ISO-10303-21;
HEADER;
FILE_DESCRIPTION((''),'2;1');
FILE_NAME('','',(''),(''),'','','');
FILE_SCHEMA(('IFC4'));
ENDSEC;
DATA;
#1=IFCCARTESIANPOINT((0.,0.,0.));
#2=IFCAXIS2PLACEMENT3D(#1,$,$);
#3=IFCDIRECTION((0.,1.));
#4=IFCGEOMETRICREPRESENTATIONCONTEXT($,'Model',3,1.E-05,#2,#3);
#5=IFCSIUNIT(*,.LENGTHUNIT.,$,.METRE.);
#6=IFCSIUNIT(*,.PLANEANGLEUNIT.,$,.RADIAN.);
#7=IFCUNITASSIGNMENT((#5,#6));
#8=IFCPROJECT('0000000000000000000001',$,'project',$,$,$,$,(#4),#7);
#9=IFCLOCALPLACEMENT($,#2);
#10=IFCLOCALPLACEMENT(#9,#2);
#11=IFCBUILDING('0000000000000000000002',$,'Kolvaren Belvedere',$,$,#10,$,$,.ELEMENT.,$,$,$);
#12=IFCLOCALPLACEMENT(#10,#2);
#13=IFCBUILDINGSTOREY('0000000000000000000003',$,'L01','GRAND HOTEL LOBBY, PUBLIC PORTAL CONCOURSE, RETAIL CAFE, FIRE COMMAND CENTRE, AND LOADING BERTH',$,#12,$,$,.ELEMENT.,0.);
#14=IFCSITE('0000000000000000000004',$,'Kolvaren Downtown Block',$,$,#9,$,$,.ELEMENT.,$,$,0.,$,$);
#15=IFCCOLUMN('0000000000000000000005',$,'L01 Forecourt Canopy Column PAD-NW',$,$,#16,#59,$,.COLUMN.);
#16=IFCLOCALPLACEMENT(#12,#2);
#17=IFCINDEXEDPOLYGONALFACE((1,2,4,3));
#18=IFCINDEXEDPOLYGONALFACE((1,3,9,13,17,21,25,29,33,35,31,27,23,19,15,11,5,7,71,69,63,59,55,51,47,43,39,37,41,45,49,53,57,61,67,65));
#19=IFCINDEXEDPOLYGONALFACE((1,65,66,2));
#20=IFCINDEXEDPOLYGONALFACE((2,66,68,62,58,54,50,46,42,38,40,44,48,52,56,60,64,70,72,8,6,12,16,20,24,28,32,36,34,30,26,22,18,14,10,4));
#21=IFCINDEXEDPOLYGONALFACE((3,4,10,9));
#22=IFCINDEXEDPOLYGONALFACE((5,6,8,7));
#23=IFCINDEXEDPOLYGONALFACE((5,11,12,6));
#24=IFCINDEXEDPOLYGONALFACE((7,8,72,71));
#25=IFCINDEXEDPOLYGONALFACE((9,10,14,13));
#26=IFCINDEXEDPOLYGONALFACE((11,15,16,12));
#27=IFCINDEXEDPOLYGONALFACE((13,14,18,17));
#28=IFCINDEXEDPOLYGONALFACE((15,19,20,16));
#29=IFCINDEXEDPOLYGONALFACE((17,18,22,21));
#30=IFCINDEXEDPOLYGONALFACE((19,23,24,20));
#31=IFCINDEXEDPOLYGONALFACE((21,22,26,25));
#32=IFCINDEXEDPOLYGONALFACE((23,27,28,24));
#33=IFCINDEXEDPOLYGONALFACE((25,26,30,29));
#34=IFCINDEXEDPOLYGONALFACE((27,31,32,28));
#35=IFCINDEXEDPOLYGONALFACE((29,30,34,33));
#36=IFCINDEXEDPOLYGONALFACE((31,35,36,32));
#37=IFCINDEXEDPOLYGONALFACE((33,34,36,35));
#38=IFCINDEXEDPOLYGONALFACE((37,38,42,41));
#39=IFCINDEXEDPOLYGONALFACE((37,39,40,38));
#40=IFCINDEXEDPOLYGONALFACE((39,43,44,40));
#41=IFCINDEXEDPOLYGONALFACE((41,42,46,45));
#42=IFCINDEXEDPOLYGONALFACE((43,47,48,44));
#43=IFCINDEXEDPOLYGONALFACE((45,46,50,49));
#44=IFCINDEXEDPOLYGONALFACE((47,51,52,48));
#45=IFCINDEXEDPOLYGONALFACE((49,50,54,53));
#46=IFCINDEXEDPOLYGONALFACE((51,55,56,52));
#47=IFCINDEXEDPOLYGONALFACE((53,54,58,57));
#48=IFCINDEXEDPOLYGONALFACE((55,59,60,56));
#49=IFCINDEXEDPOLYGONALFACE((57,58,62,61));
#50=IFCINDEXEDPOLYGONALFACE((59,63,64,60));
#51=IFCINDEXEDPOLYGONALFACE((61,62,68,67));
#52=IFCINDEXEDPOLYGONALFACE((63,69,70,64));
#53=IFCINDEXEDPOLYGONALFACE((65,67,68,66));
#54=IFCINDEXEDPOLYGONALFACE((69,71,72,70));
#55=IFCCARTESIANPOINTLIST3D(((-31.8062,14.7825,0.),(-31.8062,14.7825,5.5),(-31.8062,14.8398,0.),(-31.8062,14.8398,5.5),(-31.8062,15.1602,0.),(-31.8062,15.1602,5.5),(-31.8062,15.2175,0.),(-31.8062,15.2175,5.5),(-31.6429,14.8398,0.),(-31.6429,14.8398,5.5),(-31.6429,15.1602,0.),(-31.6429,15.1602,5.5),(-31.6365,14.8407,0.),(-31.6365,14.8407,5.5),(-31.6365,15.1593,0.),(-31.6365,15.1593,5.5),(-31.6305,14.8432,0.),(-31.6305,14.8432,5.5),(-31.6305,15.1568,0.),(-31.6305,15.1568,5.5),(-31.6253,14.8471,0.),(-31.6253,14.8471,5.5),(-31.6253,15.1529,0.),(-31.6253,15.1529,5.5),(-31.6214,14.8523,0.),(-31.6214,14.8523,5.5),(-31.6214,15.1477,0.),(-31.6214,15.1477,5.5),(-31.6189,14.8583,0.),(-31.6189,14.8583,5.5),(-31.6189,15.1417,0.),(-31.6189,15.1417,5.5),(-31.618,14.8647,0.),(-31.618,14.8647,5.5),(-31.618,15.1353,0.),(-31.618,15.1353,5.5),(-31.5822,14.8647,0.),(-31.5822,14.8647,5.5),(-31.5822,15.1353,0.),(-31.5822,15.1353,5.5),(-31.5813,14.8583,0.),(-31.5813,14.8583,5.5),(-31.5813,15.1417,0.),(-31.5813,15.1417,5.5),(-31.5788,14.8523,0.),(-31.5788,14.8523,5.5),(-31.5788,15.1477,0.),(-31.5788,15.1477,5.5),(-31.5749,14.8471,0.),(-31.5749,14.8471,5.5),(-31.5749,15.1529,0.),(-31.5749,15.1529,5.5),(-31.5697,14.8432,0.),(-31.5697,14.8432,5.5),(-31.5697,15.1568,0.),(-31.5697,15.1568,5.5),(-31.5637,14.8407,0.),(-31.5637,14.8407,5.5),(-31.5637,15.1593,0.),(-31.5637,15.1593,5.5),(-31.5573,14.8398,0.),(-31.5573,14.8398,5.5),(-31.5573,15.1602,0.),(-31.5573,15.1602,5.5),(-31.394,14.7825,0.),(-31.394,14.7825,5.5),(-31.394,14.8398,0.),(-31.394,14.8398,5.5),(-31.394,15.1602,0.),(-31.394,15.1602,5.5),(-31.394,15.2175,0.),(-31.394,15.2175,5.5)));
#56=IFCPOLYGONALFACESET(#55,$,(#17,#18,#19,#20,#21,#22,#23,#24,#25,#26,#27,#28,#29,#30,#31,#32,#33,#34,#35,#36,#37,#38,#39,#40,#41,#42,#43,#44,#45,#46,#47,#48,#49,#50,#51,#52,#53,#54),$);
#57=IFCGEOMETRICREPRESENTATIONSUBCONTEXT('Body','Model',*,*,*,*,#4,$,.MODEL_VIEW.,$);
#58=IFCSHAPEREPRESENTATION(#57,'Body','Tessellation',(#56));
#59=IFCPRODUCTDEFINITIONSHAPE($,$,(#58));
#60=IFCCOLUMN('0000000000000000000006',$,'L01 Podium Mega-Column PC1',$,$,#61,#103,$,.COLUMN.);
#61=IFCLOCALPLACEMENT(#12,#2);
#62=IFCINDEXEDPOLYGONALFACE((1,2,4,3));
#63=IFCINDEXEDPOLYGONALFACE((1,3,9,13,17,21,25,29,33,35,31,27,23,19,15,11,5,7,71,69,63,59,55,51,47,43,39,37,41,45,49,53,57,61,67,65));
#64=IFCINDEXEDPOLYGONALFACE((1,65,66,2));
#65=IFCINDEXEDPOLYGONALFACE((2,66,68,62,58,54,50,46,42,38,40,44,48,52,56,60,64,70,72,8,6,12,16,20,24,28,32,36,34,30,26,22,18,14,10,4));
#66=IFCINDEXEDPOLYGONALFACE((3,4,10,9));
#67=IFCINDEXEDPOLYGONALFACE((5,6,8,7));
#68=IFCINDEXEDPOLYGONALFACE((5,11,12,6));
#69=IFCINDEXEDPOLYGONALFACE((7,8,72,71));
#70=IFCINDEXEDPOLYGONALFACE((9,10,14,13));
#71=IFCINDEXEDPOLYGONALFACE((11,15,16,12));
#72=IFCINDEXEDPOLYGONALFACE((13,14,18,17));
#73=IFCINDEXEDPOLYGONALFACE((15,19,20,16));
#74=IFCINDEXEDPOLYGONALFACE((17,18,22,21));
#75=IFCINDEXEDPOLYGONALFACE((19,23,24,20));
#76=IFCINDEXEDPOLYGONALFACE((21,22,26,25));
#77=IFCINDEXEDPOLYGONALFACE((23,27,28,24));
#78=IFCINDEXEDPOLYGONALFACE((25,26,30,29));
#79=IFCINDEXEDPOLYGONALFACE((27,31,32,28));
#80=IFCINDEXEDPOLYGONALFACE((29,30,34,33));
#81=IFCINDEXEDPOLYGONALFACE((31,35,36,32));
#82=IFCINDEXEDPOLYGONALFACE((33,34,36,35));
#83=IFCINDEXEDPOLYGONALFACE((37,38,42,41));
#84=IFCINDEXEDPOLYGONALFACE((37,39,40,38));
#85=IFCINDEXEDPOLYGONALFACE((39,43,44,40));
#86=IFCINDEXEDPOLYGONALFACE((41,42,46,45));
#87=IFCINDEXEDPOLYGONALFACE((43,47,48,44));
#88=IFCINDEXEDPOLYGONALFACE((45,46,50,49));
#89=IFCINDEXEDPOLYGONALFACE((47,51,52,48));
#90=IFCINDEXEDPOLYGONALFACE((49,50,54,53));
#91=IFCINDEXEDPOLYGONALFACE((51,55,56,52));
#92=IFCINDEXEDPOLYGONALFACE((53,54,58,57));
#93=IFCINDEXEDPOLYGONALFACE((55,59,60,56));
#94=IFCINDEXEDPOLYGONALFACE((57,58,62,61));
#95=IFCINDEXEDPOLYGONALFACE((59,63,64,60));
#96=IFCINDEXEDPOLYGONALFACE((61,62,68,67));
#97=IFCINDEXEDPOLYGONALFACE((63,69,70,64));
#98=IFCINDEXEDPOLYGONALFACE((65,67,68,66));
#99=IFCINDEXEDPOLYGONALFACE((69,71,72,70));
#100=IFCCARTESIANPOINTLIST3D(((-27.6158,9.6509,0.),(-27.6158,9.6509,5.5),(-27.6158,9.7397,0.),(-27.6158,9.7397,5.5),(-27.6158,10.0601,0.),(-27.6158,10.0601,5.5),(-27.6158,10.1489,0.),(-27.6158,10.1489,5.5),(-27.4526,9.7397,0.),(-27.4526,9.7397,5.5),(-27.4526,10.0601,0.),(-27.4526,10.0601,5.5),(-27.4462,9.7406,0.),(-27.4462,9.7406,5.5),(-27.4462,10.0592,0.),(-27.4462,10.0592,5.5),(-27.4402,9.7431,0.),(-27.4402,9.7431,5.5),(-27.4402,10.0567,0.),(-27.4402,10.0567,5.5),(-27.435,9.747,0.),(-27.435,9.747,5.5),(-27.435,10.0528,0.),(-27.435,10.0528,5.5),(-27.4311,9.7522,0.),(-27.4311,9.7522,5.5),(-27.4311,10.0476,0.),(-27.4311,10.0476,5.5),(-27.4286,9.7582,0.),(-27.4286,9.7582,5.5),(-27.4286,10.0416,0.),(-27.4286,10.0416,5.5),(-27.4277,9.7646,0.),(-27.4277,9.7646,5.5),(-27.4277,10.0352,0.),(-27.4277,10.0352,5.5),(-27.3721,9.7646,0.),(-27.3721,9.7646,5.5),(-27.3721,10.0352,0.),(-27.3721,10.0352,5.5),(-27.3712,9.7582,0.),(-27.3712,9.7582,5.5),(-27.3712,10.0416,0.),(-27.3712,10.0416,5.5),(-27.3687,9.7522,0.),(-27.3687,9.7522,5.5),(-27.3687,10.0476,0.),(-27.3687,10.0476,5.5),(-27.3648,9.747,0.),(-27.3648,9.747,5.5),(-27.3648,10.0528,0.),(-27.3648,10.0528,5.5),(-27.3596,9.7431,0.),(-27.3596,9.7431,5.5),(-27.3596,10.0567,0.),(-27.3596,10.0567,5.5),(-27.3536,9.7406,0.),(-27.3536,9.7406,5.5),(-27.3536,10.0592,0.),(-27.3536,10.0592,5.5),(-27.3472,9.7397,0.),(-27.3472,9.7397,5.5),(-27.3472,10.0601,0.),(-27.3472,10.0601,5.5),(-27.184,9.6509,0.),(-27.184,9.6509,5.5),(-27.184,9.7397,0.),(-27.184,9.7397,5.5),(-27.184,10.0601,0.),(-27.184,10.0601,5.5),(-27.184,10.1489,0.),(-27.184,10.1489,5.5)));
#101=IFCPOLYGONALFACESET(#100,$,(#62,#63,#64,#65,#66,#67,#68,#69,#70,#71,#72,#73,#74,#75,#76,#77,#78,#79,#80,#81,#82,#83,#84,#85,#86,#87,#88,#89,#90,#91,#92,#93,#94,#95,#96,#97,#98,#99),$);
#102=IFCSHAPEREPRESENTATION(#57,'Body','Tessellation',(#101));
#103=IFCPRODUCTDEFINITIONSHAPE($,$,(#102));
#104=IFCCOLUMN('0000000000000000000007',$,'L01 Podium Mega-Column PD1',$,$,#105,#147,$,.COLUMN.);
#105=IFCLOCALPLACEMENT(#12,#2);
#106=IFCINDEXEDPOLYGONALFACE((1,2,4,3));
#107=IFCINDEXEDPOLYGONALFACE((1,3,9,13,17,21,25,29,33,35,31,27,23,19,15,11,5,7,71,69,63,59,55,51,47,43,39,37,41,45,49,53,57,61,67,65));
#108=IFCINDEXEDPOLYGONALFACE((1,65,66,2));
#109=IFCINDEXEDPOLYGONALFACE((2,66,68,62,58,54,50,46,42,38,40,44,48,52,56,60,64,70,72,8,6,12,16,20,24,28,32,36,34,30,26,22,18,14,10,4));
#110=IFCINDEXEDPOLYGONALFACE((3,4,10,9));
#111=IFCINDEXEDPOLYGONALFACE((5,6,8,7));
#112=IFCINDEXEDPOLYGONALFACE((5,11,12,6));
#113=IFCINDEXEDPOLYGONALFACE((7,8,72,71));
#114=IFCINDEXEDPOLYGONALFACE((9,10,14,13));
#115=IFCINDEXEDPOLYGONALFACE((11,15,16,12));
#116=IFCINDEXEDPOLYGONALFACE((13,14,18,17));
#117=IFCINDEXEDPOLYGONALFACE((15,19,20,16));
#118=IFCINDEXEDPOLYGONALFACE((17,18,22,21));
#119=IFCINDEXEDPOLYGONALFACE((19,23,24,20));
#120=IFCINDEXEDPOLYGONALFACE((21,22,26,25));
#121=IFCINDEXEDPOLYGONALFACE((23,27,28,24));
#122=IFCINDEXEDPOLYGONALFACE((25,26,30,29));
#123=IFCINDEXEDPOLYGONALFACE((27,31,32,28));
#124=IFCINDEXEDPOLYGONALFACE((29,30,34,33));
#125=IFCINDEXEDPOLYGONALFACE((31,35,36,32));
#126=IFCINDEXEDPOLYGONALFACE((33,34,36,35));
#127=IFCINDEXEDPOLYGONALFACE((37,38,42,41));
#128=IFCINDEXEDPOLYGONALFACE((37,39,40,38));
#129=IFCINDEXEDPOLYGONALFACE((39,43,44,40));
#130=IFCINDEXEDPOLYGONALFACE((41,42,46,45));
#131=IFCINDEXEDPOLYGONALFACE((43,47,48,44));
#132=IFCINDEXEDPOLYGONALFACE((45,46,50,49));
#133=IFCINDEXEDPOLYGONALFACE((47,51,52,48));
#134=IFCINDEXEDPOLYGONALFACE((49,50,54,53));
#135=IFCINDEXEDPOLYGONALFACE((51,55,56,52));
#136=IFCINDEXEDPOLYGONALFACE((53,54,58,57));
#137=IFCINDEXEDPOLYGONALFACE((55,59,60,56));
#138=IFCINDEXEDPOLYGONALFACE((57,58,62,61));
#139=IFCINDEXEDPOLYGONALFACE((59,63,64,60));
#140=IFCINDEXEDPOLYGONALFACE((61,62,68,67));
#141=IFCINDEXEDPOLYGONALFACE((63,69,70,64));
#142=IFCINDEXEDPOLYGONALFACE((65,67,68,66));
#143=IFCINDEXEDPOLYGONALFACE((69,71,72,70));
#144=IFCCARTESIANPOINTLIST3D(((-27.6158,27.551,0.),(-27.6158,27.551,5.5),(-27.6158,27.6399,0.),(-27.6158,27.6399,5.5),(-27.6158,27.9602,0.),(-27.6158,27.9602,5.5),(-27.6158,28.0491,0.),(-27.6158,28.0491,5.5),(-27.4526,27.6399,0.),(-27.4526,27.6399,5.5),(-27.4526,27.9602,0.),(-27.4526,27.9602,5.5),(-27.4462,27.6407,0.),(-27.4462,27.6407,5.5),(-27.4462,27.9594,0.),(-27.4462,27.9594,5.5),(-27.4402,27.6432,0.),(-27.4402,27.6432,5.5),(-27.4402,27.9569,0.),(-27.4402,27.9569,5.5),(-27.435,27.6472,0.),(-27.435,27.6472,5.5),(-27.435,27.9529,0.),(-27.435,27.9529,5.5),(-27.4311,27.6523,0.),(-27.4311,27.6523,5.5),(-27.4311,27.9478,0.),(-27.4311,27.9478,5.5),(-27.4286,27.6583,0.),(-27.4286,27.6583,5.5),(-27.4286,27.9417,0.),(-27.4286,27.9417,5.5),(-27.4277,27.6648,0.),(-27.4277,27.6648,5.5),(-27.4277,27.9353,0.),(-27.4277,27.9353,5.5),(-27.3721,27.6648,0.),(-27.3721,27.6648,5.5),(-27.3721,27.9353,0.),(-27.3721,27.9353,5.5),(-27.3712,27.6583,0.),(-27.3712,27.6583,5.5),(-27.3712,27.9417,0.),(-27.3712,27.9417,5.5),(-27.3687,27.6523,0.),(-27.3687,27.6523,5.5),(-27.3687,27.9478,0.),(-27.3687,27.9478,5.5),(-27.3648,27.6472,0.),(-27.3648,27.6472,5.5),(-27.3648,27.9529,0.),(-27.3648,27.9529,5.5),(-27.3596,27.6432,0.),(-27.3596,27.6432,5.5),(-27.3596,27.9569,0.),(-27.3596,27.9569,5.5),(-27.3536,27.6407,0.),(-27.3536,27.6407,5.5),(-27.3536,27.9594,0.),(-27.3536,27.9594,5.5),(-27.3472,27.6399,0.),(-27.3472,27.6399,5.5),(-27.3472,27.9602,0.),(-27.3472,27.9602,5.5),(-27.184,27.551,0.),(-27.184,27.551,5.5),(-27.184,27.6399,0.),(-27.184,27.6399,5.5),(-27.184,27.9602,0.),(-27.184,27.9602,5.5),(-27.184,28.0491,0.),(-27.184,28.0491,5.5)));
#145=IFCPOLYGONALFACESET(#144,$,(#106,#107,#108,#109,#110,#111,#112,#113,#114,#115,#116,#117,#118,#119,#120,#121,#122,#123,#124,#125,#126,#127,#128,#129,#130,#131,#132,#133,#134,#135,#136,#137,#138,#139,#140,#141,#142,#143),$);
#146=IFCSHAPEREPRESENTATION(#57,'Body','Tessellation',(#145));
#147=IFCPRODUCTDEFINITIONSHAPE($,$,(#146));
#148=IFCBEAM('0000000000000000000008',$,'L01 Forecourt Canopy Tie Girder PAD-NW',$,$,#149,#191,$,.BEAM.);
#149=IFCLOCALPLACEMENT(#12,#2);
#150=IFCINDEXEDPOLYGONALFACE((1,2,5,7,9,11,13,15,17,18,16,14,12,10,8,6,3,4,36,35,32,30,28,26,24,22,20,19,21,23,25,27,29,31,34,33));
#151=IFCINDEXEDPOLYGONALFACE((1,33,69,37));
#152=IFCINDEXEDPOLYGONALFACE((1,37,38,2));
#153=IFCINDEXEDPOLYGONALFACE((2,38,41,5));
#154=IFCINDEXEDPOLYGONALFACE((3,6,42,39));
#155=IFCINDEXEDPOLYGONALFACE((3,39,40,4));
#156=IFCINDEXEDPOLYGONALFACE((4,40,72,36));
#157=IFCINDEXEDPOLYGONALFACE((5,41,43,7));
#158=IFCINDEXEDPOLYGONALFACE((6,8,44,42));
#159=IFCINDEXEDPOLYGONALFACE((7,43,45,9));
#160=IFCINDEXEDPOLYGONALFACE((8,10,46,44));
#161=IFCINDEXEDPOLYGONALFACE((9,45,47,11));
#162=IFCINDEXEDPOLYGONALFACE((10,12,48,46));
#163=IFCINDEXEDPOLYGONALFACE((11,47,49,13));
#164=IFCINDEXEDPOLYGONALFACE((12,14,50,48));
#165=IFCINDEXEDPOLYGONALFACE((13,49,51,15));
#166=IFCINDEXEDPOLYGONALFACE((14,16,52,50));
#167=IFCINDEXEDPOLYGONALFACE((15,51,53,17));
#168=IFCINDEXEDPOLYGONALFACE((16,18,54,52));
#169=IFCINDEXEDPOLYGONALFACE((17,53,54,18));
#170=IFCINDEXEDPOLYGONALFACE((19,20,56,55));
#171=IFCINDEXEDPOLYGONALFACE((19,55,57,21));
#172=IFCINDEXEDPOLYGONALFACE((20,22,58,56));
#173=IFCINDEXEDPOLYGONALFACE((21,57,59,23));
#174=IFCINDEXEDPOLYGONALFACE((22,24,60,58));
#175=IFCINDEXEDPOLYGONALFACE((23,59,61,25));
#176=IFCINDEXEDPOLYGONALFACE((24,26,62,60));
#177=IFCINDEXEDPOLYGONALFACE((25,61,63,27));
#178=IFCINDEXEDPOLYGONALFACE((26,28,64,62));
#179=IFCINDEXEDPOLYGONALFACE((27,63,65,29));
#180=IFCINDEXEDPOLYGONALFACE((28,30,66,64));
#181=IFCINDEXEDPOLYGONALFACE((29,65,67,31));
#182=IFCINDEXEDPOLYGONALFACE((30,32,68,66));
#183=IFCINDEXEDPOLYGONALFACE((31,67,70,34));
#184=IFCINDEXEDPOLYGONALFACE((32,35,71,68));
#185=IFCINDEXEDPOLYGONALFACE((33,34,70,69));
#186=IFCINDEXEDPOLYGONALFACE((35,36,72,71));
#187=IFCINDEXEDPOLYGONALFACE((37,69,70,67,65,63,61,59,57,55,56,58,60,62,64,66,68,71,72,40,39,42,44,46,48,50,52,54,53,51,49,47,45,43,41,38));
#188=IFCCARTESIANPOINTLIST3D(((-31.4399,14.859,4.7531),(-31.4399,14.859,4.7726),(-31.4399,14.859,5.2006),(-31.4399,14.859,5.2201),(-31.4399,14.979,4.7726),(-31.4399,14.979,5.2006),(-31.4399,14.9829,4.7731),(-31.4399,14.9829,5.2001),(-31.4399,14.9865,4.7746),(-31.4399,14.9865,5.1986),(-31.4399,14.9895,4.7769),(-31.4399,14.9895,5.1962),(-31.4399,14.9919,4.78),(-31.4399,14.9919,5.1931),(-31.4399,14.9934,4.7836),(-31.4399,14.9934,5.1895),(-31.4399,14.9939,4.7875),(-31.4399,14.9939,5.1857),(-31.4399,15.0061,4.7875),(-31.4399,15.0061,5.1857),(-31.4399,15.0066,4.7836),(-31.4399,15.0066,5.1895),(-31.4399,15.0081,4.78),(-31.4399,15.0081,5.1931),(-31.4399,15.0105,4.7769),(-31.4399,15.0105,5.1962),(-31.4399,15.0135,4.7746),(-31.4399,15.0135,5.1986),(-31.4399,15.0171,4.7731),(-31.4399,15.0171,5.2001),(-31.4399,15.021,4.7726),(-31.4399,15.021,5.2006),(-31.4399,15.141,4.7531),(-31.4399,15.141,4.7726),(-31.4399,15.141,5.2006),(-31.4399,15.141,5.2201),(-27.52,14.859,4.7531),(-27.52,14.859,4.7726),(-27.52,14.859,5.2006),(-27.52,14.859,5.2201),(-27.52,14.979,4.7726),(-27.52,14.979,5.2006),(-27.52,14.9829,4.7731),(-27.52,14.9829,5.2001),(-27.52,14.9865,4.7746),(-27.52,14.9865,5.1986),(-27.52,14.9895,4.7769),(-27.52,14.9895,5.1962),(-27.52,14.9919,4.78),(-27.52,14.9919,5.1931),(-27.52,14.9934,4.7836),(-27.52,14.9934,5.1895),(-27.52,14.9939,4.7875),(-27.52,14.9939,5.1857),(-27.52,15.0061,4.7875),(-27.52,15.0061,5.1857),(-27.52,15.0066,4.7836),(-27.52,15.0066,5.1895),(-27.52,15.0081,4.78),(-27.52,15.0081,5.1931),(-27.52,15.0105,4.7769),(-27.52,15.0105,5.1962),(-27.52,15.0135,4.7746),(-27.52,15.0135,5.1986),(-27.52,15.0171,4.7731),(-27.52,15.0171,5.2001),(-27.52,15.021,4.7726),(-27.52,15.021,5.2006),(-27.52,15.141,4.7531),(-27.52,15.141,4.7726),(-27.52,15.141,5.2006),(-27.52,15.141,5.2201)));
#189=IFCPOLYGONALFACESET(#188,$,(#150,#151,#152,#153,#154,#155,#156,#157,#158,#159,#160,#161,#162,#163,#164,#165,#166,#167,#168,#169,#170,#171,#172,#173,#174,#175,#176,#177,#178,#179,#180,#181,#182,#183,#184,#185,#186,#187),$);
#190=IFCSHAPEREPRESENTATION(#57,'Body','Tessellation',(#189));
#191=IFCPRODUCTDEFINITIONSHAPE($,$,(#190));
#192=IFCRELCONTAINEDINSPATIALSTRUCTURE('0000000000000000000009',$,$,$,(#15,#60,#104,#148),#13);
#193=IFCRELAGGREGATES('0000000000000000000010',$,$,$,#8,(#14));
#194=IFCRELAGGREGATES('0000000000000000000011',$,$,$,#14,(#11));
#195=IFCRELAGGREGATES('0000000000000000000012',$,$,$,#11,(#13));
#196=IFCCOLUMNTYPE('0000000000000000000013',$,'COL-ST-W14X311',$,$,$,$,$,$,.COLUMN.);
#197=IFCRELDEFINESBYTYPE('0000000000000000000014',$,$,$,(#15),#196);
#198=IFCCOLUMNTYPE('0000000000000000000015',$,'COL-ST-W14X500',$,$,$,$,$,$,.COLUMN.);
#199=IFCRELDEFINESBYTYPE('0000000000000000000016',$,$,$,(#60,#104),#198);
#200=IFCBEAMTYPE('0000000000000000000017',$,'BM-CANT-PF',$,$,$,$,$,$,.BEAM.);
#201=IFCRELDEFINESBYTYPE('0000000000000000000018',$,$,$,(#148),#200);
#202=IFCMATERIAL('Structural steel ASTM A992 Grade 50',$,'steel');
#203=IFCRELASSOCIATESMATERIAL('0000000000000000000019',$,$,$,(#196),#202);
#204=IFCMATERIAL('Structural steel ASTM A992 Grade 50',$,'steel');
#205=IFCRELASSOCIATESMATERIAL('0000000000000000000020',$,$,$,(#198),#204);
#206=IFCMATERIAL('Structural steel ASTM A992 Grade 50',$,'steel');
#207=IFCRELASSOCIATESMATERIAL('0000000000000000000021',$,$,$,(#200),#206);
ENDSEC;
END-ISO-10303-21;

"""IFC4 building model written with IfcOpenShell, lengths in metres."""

from ifc_helpers import new_model, si_unit, direction, frame, origin, origin_2d, place, context, subcontext, project, spatial, i_section, extrude, material, material_profile, profile_set, type_object, element, save


model = new_model("IFC4")

# Units and contexts
model_context = context("Model", 3, precision=1e-05, world=origin(), true_north=direction((0.0, 1.0)))
body_context = subcontext(model_context, "Body", "Model", "MODEL_VIEW")
ifc_project = project(units=[si_unit("LENGTHUNIT", "METRE"), si_unit("PLANEANGLEUNIT", "RADIAN")], contexts=[model_context])

# Site, building, storey
site_placement = place(None, origin())
site = spatial("IfcSite", under=ifc_project, at=site_placement, Name="Kolvaren Downtown Block", CompositionType="ELEMENT", RefElevation=0.0)
building_placement = place(site_placement, origin())
building = spatial("IfcBuilding", under=site, at=building_placement, Name="Kolvaren Belvedere", CompositionType="ELEMENT")
storey_placement = place(building_placement, origin())
storey = spatial("IfcBuildingStorey", under=building, at=storey_placement, Name="L01", Description="GRAND HOTEL LOBBY, PUBLIC PORTAL CONCOURSE, RETAIL CAFE, FIRE COMMAND CENTRE, AND LOADING BERTH", CompositionType="ELEMENT", Elevation=0.0)

# Columns
ifc_material_1 = material(Name="Structural steel ASTM A992 Grade 50", Category="steel")
ifc_material_profile_1 = material_profile(ifc_material_1, i_section(OverallWidth=0.4121, OverallDepth=0.4351, WebThickness=0.0359, FlangeThickness=0.0574, FilletRadius=0.0249, at=origin_2d()), Name="W14X311")
ifc_profile_set_1 = profile_set([ifc_material_profile_1], Name="Structural steel ASTM A992 Grade 50")
column_type_1 = type_object("IfcColumnType", Name="COL-ST-W14X311", PredefinedType="COLUMN", material=ifc_profile_set_1)
column_placement = place(storey_placement, frame((-31.6001, 15.0, 0.0), z_axis=(0.0, 0.0, 1.0), x_axis=(1.0, 0.0, 0.0)))
element("IfcColumn", 1, at=column_placement, inside=storey, type_object=column_type_1, Name="L01 Forecourt Canopy Column PAD-NW", PredefinedType="COLUMN", context=body_context, shape_type="SweptSolid", body=[
    extrude(i_section(OverallWidth=0.4121, OverallDepth=0.4351, WebThickness=0.0359, FlangeThickness=0.0574, FilletRadius=0.0249, at=origin_2d()), origin(), (0.0, 0.0, 1.0), 5.5),
])
ifc_material_2 = material(Name="Structural steel ASTM A992 Grade 50", Category="steel")
ifc_material_profile_2 = material_profile(ifc_material_2, i_section(OverallWidth=0.4319, OverallDepth=0.498, WebThickness=0.0557, FlangeThickness=0.0889, FilletRadius=0.0249, at=origin_2d()), Name="W14X500")
ifc_profile_set_2 = profile_set([ifc_material_profile_2], Name="Structural steel ASTM A992 Grade 50")
column_type_2 = type_object("IfcColumnType", Name="COL-ST-W14X500", PredefinedType="COLUMN", material=ifc_profile_set_2)
for number, where, z_axis, x_axis, name in (
    (2, (-27.3999, 9.8999, 0.0), (0.0, 0.0, 1.0), (1.0, 0.0, 0.0), "L01 Podium Mega-Column PC1"),
    (3, (-27.3999, 27.8, 0.0), (0.0, 0.0, 1.0), (1.0, 0.0, 0.0), "L01 Podium Mega-Column PD1"),
):
    element("IfcColumn", number, at=place(storey_placement, frame(where, z_axis=z_axis, x_axis=x_axis)), inside=storey, type_object=column_type_2, Name=name, PredefinedType="COLUMN", context=body_context, shape_type="SweptSolid", body=[
        extrude(i_section(OverallWidth=0.4319, OverallDepth=0.498, WebThickness=0.0557, FlangeThickness=0.0889, FilletRadius=0.0249, at=origin_2d()), origin(), (0.0, 0.0, 1.0), 5.5),
    ])

# Beam
ifc_material_3 = material(Name="Structural steel ASTM A992 Grade 50", Category="steel")
ifc_material_profile_3 = material_profile(ifc_material_3, i_section(OverallWidth=0.282, OverallDepth=0.467, WebThickness=0.0122, FlangeThickness=0.0195, FilletRadius=0.0149, at=origin_2d()), Name="W18X86")
ifc_profile_set_3 = profile_set([ifc_material_profile_3], Name="Structural steel ASTM A992 Grade 50")
beam_type_1 = type_object("IfcBeamType", Name="BM-CANT-PF", PredefinedType="BEAM", material=ifc_profile_set_3)
beam_1_placement = place(storey_placement, frame((-31.4399, 15.0, 4.9866), z_axis=(1.0, 0.0, 0.0), x_axis=(0.0, 1.0, 0.0)))
element("IfcBeam", 4, at=beam_1_placement, inside=storey, type_object=beam_type_1, Name="L01 Forecourt Canopy Tie Girder PAD-NW", PredefinedType="BEAM", context=body_context, shape_type="SweptSolid", body=[
    extrude(i_section(OverallWidth=0.282, OverallDepth=0.467, WebThickness=0.0122, FlangeThickness=0.0195, FilletRadius=0.0149, at=origin_2d()), origin(), (0.0, 0.0, 1.0), 3.9199),
])

save(model, "model.ifc")
